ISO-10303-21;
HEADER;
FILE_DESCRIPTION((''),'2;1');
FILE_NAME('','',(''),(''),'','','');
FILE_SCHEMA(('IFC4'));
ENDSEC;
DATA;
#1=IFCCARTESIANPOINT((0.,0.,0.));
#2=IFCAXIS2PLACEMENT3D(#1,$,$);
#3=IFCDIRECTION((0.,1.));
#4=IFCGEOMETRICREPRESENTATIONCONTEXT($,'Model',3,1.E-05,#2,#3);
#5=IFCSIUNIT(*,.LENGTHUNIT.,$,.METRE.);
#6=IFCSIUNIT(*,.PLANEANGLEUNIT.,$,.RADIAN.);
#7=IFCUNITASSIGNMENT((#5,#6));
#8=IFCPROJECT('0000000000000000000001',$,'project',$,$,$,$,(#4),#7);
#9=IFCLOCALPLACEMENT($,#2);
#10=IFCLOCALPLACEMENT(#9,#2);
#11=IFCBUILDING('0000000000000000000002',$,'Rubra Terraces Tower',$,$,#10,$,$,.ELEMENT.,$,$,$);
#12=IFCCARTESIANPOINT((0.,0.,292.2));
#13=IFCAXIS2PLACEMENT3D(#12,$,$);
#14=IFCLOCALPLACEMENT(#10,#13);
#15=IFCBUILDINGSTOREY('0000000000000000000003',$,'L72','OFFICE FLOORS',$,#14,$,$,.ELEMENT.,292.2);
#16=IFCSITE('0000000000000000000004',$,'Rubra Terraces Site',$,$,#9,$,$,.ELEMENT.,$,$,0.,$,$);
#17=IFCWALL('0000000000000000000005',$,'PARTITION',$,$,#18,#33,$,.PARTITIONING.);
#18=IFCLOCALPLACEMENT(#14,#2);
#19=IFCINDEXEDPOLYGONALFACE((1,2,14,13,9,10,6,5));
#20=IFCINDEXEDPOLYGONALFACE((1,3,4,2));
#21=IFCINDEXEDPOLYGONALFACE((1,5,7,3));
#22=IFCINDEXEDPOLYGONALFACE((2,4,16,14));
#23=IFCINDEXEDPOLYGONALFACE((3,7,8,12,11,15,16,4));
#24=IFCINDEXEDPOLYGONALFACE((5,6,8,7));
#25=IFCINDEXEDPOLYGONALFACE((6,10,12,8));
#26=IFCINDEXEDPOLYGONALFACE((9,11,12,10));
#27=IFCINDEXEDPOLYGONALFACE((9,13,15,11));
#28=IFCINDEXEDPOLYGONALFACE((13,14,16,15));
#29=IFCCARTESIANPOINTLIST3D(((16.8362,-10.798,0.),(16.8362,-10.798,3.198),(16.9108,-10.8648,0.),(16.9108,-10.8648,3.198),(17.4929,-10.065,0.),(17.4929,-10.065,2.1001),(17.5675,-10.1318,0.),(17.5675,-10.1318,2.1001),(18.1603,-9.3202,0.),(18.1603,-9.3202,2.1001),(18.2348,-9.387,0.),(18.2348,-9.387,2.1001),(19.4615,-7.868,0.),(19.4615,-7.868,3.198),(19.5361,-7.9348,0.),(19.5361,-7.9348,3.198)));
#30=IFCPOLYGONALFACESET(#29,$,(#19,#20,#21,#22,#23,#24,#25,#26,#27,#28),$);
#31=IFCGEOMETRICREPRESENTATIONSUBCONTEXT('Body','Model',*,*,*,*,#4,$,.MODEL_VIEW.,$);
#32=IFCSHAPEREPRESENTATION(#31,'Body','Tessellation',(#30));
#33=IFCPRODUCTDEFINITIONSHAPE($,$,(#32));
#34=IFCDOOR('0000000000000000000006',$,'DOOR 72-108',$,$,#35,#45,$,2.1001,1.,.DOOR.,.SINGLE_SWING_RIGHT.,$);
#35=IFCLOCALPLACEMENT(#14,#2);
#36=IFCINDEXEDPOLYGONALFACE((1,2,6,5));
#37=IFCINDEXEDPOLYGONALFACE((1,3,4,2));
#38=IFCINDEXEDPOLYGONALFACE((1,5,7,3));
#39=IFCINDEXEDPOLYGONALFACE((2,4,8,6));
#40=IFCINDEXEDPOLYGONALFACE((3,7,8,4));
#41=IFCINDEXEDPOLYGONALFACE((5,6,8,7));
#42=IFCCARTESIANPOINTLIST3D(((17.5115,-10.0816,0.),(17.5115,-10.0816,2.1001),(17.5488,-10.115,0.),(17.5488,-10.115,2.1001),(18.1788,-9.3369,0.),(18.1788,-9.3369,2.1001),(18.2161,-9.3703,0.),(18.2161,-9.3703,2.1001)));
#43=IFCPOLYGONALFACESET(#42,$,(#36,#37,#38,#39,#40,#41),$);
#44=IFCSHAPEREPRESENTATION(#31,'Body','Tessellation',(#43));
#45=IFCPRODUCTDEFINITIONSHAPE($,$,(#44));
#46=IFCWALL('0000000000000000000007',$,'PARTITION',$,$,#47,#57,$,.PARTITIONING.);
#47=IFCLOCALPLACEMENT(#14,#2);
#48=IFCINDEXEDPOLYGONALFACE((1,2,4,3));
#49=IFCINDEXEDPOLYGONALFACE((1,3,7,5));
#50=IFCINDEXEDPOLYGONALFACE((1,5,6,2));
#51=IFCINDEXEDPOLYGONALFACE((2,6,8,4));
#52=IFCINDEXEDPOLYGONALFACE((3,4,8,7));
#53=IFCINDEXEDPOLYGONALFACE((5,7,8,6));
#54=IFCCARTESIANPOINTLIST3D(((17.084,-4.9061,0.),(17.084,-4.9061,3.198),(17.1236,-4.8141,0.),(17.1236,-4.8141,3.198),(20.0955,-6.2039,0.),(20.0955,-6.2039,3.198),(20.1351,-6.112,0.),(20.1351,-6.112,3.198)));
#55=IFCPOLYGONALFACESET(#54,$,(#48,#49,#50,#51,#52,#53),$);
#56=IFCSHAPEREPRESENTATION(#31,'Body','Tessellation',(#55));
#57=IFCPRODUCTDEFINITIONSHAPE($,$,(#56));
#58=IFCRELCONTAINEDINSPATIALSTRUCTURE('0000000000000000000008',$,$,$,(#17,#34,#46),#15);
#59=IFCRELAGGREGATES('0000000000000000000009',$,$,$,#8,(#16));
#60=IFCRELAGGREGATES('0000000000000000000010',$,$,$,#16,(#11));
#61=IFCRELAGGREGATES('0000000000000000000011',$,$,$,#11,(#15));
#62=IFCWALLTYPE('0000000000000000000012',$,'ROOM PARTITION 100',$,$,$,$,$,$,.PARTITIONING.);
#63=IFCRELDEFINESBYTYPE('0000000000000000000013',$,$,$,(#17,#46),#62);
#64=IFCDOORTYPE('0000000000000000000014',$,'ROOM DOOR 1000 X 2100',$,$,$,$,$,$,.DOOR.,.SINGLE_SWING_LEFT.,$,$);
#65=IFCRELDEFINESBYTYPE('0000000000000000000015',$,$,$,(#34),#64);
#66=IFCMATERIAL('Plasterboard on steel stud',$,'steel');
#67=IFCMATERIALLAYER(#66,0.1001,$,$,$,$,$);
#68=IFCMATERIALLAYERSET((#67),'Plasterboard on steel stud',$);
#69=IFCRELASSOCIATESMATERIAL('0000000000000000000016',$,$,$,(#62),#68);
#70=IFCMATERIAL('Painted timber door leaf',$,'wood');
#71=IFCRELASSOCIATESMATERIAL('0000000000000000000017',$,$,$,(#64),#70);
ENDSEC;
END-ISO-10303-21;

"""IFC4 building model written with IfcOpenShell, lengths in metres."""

from ifc_helpers import new_model, si_unit, direction, frame, frame_2d, origin, place, context, subcontext, project, spatial, rectangle, extrude, material, layer, layer_set, type_object, element, fill, save


model = new_model("IFC4")

# Units and contexts
model_context = context("Model", 3, precision=1e-05, world=origin(), true_north=direction((0.0, 1.0)))
body_context = subcontext(model_context, "Body", "Model", "MODEL_VIEW")
ifc_project = project(units=[si_unit("LENGTHUNIT", "METRE"), si_unit("PLANEANGLEUNIT", "RADIAN")], contexts=[model_context])

# Site, building, storey
site_placement = place(None, origin())
site = spatial("IfcSite", under=ifc_project, at=site_placement, Name="Rubra Terraces Site", CompositionType="ELEMENT", RefElevation=0.0)
building_placement = place(site_placement, origin())
building = spatial("IfcBuilding", under=site, at=building_placement, Name="Rubra Terraces Tower", CompositionType="ELEMENT")
storey_placement = place(building_placement, frame((0.0, 0.0, 292.2)))
storey = spatial("IfcBuildingStorey", under=building, at=storey_placement, Name="L72", Description="OFFICE FLOORS", CompositionType="ELEMENT", Elevation=292.2)

# Shared definitions
ifc_material_1 = material(Name="Plasterboard on steel stud", Category="steel")
ifc_layer_1 = layer(ifc_material_1, 0.1001)
ifc_layer_set_1 = layer_set([ifc_layer_1], Name="Plasterboard on steel stud")
wall_type_1 = type_object("IfcWallType", Name="ROOM PARTITION 100", PredefinedType="PARTITIONING", material=ifc_layer_set_1)

# Wall, opening, door
wall_1_placement = place(storey_placement, frame((19.4988, -7.9014, 0.0), z_axis=(0.0, 0.0, 1.0), x_axis=(-0.667321, -0.74477, 0.0)))
wall_1 = element("IfcWall", 1, at=wall_1_placement, inside=storey, type_object=wall_type_1, Name="PARTITION", PredefinedType="PARTITIONING", context=body_context, shape_type="SweptSolid", body=[
    extrude(rectangle(XDim=3.9341, YDim=0.1001, at=frame_2d((1.967, 0.0))), origin(), (0.0, 0.0, 1.0), 3.198),
])
opening_1_placement = place(wall_1_placement, frame((1.95, 0.0, 0.0)))
opening_1 = element("IfcOpeningElement", 2, at=opening_1_placement, cuts=wall_1, PredefinedType="OPENING", context=body_context, shape_type="SweptSolid", body=[
    extrude(rectangle(XDim=1.0, YDim=2.1001, at=frame_2d((0.5, 1.05))), frame((0.0, 0.0601, 0.0), z_axis=(0.0, -1.0, 0.0), x_axis=(1.0, 0.0, 0.0)), (0.0, 0.0, 1.0), 0.1201),
])
ifc_material_2 = material(Name="Painted timber door leaf", Category="wood")
door_type_1 = type_object("IfcDoorType", Name="ROOM DOOR 1000 X 2100", OperationType="SINGLE_SWING_LEFT", PredefinedType="DOOR", material=ifc_material_2)
door_1_placement = place(opening_1_placement, origin())
door_1 = element("IfcDoor", 3, at=door_1_placement, inside=storey, type_object=door_type_1, Name="DOOR 72-108", OperationType="SINGLE_SWING_RIGHT", OverallHeight=2.1001, OverallWidth=1.0, PredefinedType="DOOR", context=body_context, shape_type="SweptSolid", body=[
    extrude(rectangle(XDim=1.0, YDim=2.1001, at=frame_2d((0.5, 1.05))), frame((0.0, 0.0249, 0.0), z_axis=(0.0, -1.0, 0.0), x_axis=(1.0, 0.0, 0.0)), (0.0, 0.0, 1.0), 0.05),
])
fill(opening_1, door_1)

# Wall
wall_2_placement = place(storey_placement, frame((17.1038, -4.8601, 0.0), z_axis=(0.0, 0.0, 1.0), x_axis=(0.918346, -0.395778, 0.0)))
element("IfcWall", 4, at=wall_2_placement, inside=storey, type_object=wall_type_1, Name="PARTITION", PredefinedType="PARTITIONING", context=body_context, shape_type="SweptSolid", body=[
    extrude(rectangle(XDim=3.2793, YDim=0.1001, at=frame_2d((1.6396, 0.0))), origin(), (0.0, 0.0, 1.0), 3.198),
])

save(model, "model.ifc")
